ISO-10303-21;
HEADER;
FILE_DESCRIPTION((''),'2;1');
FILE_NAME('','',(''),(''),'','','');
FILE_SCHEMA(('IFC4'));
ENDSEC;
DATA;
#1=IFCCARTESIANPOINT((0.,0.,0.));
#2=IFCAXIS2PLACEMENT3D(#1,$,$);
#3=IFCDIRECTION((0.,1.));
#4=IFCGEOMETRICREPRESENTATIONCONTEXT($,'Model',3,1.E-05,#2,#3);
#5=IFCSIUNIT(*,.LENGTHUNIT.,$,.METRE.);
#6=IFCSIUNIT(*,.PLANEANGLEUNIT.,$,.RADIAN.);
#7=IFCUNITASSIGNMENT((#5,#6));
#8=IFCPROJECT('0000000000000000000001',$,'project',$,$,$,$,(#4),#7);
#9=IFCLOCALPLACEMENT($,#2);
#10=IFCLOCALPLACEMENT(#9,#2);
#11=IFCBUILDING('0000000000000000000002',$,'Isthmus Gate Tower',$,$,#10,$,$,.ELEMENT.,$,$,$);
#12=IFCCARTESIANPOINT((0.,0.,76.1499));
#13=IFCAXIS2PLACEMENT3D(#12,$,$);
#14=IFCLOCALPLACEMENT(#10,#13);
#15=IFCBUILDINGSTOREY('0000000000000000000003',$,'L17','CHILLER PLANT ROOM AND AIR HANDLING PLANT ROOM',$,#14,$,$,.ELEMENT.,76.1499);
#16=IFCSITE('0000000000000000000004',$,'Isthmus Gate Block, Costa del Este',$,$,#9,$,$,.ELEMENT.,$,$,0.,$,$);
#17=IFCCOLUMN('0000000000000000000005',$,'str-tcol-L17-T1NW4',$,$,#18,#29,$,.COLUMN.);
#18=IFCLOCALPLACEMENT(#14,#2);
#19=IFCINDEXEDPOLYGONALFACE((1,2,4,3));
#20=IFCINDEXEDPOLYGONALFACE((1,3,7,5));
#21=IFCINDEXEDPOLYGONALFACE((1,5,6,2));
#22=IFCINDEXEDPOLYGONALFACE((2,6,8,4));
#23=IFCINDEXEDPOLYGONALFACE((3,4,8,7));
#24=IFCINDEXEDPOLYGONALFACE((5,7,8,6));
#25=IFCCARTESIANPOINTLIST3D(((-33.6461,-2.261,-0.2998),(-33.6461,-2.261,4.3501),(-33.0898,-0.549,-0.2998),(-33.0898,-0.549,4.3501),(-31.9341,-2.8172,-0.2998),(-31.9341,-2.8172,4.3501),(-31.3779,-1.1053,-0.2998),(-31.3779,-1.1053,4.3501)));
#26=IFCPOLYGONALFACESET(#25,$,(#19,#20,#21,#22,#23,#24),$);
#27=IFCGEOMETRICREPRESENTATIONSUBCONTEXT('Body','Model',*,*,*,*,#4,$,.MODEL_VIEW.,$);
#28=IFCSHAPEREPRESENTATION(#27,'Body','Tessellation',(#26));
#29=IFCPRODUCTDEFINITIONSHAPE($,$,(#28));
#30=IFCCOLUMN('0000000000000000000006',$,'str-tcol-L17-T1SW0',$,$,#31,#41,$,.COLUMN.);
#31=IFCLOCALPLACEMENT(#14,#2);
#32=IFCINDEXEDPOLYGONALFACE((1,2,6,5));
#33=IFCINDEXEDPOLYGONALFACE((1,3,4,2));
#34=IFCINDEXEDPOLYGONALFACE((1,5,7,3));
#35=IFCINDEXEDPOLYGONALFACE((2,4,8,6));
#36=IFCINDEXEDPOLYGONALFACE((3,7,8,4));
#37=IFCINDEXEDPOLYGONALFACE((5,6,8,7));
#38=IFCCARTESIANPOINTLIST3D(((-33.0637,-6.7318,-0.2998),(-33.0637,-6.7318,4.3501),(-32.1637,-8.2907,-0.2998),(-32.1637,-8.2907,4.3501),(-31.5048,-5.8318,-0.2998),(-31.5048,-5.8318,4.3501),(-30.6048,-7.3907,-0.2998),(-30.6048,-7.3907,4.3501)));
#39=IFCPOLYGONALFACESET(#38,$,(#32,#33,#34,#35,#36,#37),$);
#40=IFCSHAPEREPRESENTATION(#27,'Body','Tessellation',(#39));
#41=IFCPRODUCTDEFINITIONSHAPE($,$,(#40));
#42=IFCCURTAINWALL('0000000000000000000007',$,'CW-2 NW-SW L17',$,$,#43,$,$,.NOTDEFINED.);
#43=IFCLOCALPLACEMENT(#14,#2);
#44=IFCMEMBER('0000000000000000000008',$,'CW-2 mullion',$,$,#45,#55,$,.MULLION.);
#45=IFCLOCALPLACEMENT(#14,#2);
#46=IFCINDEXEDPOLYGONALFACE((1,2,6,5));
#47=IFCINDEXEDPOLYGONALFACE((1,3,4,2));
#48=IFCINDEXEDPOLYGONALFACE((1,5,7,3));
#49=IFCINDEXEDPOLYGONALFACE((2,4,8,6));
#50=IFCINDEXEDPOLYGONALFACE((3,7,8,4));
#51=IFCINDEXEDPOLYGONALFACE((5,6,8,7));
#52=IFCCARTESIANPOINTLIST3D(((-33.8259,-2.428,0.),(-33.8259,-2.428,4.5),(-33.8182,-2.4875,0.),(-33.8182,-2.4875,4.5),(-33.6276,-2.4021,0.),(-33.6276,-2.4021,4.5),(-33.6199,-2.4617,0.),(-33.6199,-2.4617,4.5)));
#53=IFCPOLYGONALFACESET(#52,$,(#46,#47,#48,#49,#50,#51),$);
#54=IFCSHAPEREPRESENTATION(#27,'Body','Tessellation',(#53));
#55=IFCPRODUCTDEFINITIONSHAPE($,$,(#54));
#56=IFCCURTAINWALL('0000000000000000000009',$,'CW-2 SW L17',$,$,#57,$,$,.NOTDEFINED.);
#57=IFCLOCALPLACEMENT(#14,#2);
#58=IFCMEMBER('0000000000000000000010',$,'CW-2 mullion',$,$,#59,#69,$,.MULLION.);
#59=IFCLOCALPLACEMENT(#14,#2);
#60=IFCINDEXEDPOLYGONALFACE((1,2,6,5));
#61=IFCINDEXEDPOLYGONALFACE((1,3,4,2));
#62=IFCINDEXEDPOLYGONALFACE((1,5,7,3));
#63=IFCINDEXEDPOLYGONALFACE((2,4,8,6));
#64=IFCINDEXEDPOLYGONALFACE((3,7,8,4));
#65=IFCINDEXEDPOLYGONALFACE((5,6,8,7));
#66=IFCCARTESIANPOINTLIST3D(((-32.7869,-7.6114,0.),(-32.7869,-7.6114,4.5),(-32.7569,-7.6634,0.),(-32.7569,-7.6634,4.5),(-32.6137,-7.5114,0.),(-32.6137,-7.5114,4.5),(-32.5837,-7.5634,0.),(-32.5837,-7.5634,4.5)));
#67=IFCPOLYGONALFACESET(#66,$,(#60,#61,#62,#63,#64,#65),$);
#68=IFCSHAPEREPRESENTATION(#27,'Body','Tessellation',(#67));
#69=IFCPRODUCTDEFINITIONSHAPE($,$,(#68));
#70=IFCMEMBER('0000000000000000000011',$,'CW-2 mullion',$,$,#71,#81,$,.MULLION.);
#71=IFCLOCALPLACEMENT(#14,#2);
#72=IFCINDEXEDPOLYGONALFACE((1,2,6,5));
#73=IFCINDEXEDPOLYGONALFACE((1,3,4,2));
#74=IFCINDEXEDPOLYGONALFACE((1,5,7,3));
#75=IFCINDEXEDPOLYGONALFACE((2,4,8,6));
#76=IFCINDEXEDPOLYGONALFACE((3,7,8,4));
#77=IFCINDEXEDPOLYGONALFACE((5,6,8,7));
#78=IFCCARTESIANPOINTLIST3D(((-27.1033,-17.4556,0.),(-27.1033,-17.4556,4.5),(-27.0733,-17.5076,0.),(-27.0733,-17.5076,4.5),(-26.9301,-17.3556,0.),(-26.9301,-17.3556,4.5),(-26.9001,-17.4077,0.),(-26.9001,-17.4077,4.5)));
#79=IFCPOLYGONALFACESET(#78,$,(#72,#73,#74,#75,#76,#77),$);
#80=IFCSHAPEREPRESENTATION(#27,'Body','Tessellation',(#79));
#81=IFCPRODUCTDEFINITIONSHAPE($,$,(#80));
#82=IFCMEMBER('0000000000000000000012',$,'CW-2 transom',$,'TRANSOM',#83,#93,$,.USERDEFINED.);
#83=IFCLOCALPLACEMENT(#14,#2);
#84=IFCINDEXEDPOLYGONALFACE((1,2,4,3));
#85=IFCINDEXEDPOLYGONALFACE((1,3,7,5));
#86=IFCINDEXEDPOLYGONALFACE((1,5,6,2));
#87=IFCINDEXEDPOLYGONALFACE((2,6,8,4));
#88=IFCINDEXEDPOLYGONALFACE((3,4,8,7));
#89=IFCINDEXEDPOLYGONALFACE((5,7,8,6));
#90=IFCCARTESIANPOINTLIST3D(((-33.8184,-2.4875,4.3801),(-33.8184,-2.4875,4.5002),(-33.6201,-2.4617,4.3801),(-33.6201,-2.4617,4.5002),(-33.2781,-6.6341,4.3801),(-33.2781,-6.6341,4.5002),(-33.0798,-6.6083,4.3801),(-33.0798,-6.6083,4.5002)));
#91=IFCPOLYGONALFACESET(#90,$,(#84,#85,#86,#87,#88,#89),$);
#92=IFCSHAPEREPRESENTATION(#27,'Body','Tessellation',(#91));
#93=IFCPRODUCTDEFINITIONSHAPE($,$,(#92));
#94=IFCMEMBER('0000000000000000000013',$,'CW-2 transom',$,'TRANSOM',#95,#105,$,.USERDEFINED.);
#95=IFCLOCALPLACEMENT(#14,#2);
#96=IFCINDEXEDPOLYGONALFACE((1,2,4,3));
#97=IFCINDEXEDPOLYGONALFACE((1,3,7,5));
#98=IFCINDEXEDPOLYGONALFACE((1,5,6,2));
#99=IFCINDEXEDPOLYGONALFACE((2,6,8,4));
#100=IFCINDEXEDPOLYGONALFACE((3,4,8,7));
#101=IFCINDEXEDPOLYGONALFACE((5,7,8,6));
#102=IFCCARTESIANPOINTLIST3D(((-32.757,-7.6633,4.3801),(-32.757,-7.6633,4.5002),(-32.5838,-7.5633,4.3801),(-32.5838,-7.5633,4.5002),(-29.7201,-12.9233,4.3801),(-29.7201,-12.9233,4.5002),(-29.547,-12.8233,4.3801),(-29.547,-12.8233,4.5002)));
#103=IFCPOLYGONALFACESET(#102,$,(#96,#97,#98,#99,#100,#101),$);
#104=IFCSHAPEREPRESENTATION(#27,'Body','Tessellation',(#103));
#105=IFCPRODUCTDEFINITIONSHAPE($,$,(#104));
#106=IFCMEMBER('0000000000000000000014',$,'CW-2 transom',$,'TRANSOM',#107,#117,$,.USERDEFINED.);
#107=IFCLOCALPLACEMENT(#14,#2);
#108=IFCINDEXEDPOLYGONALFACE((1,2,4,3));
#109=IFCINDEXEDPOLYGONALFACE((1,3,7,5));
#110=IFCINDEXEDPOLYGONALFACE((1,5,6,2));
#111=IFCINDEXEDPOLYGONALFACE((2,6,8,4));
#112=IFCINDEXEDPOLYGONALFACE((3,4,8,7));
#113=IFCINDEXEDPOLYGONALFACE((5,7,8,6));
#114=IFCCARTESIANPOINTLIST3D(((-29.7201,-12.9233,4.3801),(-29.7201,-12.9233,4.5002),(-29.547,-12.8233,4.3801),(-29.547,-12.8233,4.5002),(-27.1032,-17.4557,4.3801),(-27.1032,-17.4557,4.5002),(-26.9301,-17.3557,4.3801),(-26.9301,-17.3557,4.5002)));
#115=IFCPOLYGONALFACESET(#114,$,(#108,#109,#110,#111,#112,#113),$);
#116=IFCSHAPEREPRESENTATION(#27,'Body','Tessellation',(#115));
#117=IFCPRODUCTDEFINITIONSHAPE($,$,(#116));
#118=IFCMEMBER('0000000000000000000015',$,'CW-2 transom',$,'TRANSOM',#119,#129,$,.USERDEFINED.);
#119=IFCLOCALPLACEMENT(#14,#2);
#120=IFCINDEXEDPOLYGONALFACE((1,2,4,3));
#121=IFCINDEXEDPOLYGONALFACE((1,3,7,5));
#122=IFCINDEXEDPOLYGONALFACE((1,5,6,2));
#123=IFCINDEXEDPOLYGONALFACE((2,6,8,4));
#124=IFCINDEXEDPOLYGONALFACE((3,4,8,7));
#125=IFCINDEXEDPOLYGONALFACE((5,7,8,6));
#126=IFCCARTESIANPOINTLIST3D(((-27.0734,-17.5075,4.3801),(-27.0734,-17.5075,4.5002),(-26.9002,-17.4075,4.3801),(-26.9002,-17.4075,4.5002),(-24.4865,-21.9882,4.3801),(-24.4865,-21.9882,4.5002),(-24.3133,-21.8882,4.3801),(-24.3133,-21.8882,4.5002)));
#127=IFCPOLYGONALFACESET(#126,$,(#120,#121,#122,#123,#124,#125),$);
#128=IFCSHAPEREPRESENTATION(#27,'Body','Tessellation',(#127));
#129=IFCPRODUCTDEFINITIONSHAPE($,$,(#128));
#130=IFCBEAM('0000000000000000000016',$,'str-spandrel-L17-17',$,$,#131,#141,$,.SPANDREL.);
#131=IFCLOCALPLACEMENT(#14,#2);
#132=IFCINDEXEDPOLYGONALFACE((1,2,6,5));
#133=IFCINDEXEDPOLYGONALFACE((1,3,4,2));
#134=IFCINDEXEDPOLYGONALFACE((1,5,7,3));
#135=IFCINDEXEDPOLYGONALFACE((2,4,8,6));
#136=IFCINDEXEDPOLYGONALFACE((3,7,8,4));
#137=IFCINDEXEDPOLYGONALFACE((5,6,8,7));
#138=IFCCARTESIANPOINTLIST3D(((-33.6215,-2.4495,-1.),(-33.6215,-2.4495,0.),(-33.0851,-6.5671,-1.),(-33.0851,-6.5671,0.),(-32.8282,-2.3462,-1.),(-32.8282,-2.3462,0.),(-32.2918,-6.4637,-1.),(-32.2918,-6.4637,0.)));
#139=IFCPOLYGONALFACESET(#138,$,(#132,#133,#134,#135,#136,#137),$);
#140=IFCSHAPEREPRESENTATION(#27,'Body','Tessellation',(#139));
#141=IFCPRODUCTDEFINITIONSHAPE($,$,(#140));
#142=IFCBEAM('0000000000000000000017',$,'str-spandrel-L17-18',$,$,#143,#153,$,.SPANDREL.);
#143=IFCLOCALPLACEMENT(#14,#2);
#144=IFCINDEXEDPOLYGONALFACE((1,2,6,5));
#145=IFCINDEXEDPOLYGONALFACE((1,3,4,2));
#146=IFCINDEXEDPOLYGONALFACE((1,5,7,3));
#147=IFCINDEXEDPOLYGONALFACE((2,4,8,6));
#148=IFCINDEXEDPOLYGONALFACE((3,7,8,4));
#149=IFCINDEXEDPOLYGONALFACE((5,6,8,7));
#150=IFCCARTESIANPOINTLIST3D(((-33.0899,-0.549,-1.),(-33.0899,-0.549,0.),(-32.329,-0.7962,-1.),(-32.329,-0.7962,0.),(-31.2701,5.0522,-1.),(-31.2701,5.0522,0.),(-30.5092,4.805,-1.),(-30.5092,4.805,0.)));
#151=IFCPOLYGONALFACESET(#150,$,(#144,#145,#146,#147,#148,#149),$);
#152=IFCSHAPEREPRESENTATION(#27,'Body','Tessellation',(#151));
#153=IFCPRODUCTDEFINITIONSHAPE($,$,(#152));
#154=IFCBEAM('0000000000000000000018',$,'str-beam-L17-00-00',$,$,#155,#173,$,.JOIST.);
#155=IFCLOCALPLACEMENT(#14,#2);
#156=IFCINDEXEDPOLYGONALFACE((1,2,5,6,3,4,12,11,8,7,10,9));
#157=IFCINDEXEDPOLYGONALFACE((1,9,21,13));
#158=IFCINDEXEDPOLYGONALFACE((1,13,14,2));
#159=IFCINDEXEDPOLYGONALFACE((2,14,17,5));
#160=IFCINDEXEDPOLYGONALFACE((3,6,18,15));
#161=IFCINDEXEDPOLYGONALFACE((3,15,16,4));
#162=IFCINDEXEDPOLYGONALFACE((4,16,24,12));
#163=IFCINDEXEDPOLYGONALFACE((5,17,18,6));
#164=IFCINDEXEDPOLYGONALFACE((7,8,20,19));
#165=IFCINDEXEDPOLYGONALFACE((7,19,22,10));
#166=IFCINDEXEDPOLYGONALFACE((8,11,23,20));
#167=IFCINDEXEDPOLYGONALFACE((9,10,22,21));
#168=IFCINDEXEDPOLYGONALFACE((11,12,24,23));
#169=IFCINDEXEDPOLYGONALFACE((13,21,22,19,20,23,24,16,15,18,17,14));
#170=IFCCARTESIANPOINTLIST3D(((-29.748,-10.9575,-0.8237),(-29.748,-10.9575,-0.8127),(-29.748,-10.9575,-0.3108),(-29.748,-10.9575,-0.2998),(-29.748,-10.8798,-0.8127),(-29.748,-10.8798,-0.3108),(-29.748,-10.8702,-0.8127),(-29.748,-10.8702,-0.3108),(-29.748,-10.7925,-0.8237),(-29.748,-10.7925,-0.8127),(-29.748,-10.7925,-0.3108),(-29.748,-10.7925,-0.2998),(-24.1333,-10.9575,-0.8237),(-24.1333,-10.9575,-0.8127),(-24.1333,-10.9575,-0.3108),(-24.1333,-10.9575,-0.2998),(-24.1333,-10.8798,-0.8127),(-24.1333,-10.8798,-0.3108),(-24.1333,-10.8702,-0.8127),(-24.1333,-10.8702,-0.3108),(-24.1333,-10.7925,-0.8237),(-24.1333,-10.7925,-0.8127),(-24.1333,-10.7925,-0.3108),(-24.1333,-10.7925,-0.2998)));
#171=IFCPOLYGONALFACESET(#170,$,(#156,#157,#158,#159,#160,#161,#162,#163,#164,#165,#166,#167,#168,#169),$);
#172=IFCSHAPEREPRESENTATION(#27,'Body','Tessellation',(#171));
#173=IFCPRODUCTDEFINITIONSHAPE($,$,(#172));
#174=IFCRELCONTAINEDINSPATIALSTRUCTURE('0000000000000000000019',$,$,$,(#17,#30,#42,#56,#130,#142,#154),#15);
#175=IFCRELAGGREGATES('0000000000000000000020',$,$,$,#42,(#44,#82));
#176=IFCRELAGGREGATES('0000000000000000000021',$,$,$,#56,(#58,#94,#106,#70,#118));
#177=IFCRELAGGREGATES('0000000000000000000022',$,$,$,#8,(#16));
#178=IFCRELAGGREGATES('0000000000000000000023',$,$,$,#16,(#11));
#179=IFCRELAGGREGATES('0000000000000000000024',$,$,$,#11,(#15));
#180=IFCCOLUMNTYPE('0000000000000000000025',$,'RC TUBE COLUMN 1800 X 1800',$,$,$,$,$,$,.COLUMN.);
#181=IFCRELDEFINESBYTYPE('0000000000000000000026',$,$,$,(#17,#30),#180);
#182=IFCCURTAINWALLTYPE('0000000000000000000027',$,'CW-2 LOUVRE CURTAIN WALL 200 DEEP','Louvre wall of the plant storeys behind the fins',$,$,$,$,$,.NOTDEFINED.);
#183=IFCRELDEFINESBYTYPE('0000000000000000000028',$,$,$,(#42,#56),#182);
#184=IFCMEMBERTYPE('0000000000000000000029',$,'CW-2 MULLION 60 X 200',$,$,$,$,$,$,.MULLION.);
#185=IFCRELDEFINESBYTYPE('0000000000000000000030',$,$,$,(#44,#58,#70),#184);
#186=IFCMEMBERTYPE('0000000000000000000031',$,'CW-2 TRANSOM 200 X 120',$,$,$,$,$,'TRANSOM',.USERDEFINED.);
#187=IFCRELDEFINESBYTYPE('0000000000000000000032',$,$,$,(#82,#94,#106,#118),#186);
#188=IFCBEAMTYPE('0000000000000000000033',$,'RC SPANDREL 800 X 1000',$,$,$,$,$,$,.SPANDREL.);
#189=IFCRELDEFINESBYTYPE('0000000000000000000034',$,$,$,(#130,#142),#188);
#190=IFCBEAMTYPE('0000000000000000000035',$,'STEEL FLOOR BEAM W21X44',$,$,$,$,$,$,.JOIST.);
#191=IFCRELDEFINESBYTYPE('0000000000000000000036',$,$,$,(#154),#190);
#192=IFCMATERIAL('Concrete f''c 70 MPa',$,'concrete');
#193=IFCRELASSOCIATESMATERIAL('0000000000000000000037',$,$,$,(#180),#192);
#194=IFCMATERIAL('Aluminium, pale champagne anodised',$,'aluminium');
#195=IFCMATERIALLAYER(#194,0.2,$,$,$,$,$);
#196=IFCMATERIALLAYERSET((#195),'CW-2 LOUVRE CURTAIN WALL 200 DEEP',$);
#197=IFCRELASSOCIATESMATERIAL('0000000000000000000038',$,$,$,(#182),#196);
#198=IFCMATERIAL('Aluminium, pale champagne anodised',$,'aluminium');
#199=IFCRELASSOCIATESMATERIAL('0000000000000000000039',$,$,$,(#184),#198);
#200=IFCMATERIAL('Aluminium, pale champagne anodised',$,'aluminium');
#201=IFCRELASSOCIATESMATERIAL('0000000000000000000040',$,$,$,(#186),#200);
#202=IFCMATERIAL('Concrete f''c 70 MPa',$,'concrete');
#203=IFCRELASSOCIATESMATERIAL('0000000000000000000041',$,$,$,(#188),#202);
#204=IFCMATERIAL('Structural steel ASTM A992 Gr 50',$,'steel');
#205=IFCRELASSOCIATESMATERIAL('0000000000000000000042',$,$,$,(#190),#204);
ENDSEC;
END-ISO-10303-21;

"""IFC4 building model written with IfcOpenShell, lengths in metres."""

from ifc_helpers import new_model, si_unit, direction, frame, origin, origin_2d, place, context, subcontext, project, spatial, rectangle, i_section, extrude, material, layer, layer_set, material_profile, profile_set, type_object, element, aggregate, save


model = new_model("IFC4")

# Units and contexts
model_context = context("Model", 3, precision=1e-05, world=origin(), true_north=direction((0.0, 1.0)))
body_context = subcontext(model_context, "Body", "Model", "MODEL_VIEW")
ifc_project = project(units=[si_unit("LENGTHUNIT", "METRE"), si_unit("PLANEANGLEUNIT", "RADIAN")], contexts=[model_context])

# Site, building, storey
site_placement = place(None, origin())
site = spatial("IfcSite", under=ifc_project, at=site_placement, Name="Isthmus Gate Block, Costa del Este", CompositionType="ELEMENT", RefElevation=0.0)
building_placement = place(site_placement, origin())
building = spatial("IfcBuilding", under=site, at=building_placement, Name="Isthmus Gate Tower", CompositionType="ELEMENT")
storey_placement = place(building_placement, frame((0.0, 0.0, 76.1499)))
storey = spatial("IfcBuildingStorey", under=building, at=storey_placement, Name="L17", Description="CHILLER PLANT ROOM AND AIR HANDLING PLANT ROOM", CompositionType="ELEMENT", Elevation=76.1499)

# Columns
ifc_material_1 = material(Name="Concrete f'c 70 MPa", Category="concrete")
ifc_material_profile_1 = material_profile(ifc_material_1, rectangle(XDim=1.8, YDim=1.8, at=origin_2d()), Name="RC 1800X1800")
ifc_profile_set_1 = profile_set([ifc_material_profile_1], Name="Concrete f'c 70 MPa")
column_type = type_object("IfcColumnType", Name="RC TUBE COLUMN 1800 X 1800", PredefinedType="COLUMN", material=ifc_profile_set_1)
for number, where, z_axis, x_axis, name in (
    (1, (-32.512, -1.6831, -0.2998), (0.0, 0.0, 1.0), (-0.309017, -0.951057, 0.0), "str-tcol-L17-T1NW4"),
    (2, (-31.8342, -7.0613, -0.2998), (0.0, 0.0, 1.0), (0.5, -0.866025, 0.0), "str-tcol-L17-T1SW0"),
):
    element("IfcColumn", number, at=place(storey_placement, frame(where, z_axis=z_axis, x_axis=x_axis)), inside=storey, type_object=column_type, Name=name, PredefinedType="COLUMN", context=body_context, shape_type="SweptSolid", body=[
        extrude(rectangle(XDim=1.8, YDim=1.8, at=origin_2d()), origin(), (0.0, 0.0, 1.0), 4.6499),
    ])

# Curtain wall, member
ifc_material_2 = material(Name="Aluminium, pale champagne anodised", Category="aluminium")
ifc_layer_1 = layer(ifc_material_2, 0.2)
ifc_layer_set_1 = layer_set([ifc_layer_1], Name="CW-2 LOUVRE CURTAIN WALL 200 DEEP")
curtain_wall_type = type_object("IfcCurtainWallType", Name="CW-2 LOUVRE CURTAIN WALL 200 DEEP", Description="Louvre wall of the plant storeys behind the fins", PredefinedType="NOTDEFINED", material=ifc_layer_set_1)
curtain_wall_1_placement = place(storey_placement, origin())
curtain_wall_1 = element("IfcCurtainWall", 3, at=curtain_wall_1_placement, inside=storey, type_object=curtain_wall_type, Name="CW-2 NW-SW L17", PredefinedType="NOTDEFINED")
ifc_material_3 = material(Name="Aluminium, pale champagne anodised", Category="aluminium")
ifc_material_profile_2 = material_profile(ifc_material_3, rectangle(XDim=0.0601, YDim=0.2, at=origin_2d()), Name="60x200")
ifc_profile_set_2 = profile_set([ifc_material_profile_2], Name="Aluminium, pale champagne anodised")
member_type_1 = type_object("IfcMemberType", Name="CW-2 MULLION 60 X 200", PredefinedType="MULLION", material=ifc_profile_set_2)
member_1_placement = place(storey_placement, frame((-33.7229, -2.4448, 0.0), z_axis=(0.0, 0.0, 1.0), x_axis=(0.129165, -0.991623, 0.0)))
member_1 = element("IfcMember", 4, at=member_1_placement, type_object=member_type_1, Name="CW-2 mullion", PredefinedType="MULLION", context=body_context, shape_type="SweptSolid", body=[
    extrude(rectangle(XDim=0.0601, YDim=0.2, at=origin_2d()), origin(), (0.0, 0.0, 1.0), 4.5),
])

# Curtain wall, members
curtain_wall_2_placement = place(storey_placement, origin())
curtain_wall_2 = element("IfcCurtainWall", 5, at=curtain_wall_2_placement, inside=storey, type_object=curtain_wall_type, Name="CW-2 SW L17", PredefinedType="NOTDEFINED")
member_2_placement = place(storey_placement, frame((-32.6853, -7.5874, 0.0), z_axis=(0.0, 0.0, 1.0), x_axis=(0.5, -0.866025, 0.0)))
member_2 = element("IfcMember", 6, at=member_2_placement, type_object=member_type_1, Name="CW-2 mullion", PredefinedType="MULLION", context=body_context, shape_type="SweptSolid", body=[
    extrude(rectangle(XDim=0.0601, YDim=0.2, at=origin_2d()), origin(), (0.0, 0.0, 1.0), 4.5),
])
member_3_placement = place(storey_placement, frame((-27.0017, -17.4316, 0.0), z_axis=(0.0, 0.0, 1.0), x_axis=(0.5, -0.866025, 0.0)))
member_3 = element("IfcMember", 7, at=member_3_placement, type_object=member_type_1, Name="CW-2 mullion", PredefinedType="MULLION", context=body_context, shape_type="SweptSolid", body=[
    extrude(rectangle(XDim=0.0601, YDim=0.2, at=origin_2d()), origin(), (0.0, 0.0, 1.0), 4.5),
])

# Members
ifc_material_4 = material(Name="Aluminium, pale champagne anodised", Category="aluminium")
ifc_material_profile_3 = material_profile(ifc_material_4, rectangle(XDim=0.2, YDim=0.1201, at=origin_2d()), Name="200x120")
ifc_profile_set_3 = profile_set([ifc_material_profile_3], Name="Aluminium, pale champagne anodised")
member_type_2 = type_object("IfcMemberType", Name="CW-2 TRANSOM 200 X 120", ElementType="TRANSOM", PredefinedType="USERDEFINED", material=ifc_profile_set_3)
member_4_placement = place(storey_placement, frame((-33.7192, -2.4746, 4.4402), z_axis=(0.129207, -0.991618, 0.0), x_axis=(0.991618, 0.129207, 0.0)))
member_4 = element("IfcMember", 8, at=member_4_placement, type_object=member_type_2, Name="CW-2 transom", ObjectType="TRANSOM", PredefinedType="USERDEFINED", context=body_context, shape_type="SweptSolid", body=[
    extrude(rectangle(XDim=0.2, YDim=0.1201, at=origin_2d()), origin(), (0.0, 0.0, 1.0), 4.1816),
])
member_5_placement = place(storey_placement, frame((-32.6704, -7.6133, 4.4402), z_axis=(0.5, -0.866026, 0.0), x_axis=(0.866026, 0.5, 0.0)))
member_5 = element("IfcMember", 9, at=member_5_placement, type_object=member_type_2, Name="CW-2 transom", ObjectType="TRANSOM", PredefinedType="USERDEFINED", context=body_context, shape_type="SweptSolid", body=[
    extrude(rectangle(XDim=0.2, YDim=0.1201, at=origin_2d()), origin(), (0.0, 0.0, 1.0), 6.0737),
])
member_6_placement = place(storey_placement, frame((-29.6335, -12.8733, 4.4402), z_axis=(0.500017, -0.866015, 0.0), x_axis=(0.866015, 0.500017, 0.0)))
member_6 = element("IfcMember", 10, at=member_6_placement, type_object=member_type_2, Name="CW-2 transom", ObjectType="TRANSOM", PredefinedType="USERDEFINED", context=body_context, shape_type="SweptSolid", body=[
    extrude(rectangle(XDim=0.2, YDim=0.1201, at=origin_2d()), origin(), (0.0, 0.0, 1.0), 5.2336),
])
member_7_placement = place(storey_placement, frame((-26.9868, -17.4575, 4.4402), z_axis=(0.499996, -0.866028, 0.0), x_axis=(0.866028, 0.499996, 0.0)))
member_7 = element("IfcMember", 11, at=member_7_placement, type_object=member_type_2, Name="CW-2 transom", ObjectType="TRANSOM", PredefinedType="USERDEFINED", context=body_context, shape_type="SweptSolid", body=[
    extrude(rectangle(XDim=0.2, YDim=0.1201, at=origin_2d()), origin(), (0.0, 0.0, 1.0), 5.1738),
])

# Beams
ifc_material_5 = material(Name="Concrete f'c 70 MPa", Category="concrete")
ifc_material_profile_4 = material_profile(ifc_material_5, rectangle(XDim=0.8, YDim=1.0, at=origin_2d()), Name="RC 800X1000")
ifc_profile_set_4 = profile_set([ifc_material_profile_4], Name="Concrete f'c 70 MPa")
beam_type_1 = type_object("IfcBeamType", Name="RC SPANDREL 800 X 1000", PredefinedType="SPANDREL", material=ifc_profile_set_4)
beam_1_placement = place(storey_placement, frame((-32.6885, -6.5154, -0.5), z_axis=(-0.129171, 0.991622, 0.0), x_axis=(-0.991622, -0.129171, 0.0)))
element("IfcBeam", 12, at=beam_1_placement, inside=storey, type_object=beam_type_1, Name="str-spandrel-L17-17", PredefinedType="SPANDREL", context=body_context, shape_type="SweptSolid", body=[
    extrude(rectangle(XDim=0.8, YDim=1.0, at=origin_2d()), origin(), (0.0, 0.0, 1.0), 4.1523),
])
beam_2_placement = place(storey_placement, frame((-32.7095, -0.6726, -0.5), z_axis=(0.309005, 0.95106, 0.0), x_axis=(-0.95106, 0.309005, 0.0)))
element("IfcBeam", 13, at=beam_2_placement, inside=storey, type_object=beam_type_1, Name="str-spandrel-L17-18", PredefinedType="SPANDREL", context=body_context, shape_type="SweptSolid", body=[
    extrude(rectangle(XDim=0.8, YDim=1.0, at=origin_2d()), origin(), (0.0, 0.0, 1.0), 5.8894),
])
ifc_material_6 = material(Name="Structural steel ASTM A992 Gr 50", Category="steel")
ifc_material_profile_5 = material_profile(ifc_material_6, i_section(OverallWidth=0.165, OverallDepth=0.5239, WebThickness=0.0095, FlangeThickness=0.011, at=origin_2d()), Name="W21X44")
ifc_profile_set_5 = profile_set([ifc_material_profile_5], Name="Structural steel ASTM A992 Gr 50")
beam_type_2 = type_object("IfcBeamType", Name="STEEL FLOOR BEAM W21X44", PredefinedType="JOIST", material=ifc_profile_set_5)
beam_3_placement = place(storey_placement, frame((-29.748, -10.875, -0.5618), z_axis=(1.0, 0.0, 0.0), x_axis=(0.0, 1.0, 0.0)))
element("IfcBeam", 14, at=beam_3_placement, inside=storey, type_object=beam_type_2, Name="str-beam-L17-00-00", PredefinedType="JOIST", context=body_context, shape_type="SweptSolid", body=[
    extrude(i_section(OverallWidth=0.165, OverallDepth=0.5239, WebThickness=0.0095, FlangeThickness=0.011, at=origin_2d()), origin(), (0.0, 0.0, 1.0), 5.6147),
])

aggregate(curtain_wall_1, [member_1, member_4])
aggregate(curtain_wall_2, [member_2, member_5, member_6, member_3, member_7])

save(model, "model.ifc")
